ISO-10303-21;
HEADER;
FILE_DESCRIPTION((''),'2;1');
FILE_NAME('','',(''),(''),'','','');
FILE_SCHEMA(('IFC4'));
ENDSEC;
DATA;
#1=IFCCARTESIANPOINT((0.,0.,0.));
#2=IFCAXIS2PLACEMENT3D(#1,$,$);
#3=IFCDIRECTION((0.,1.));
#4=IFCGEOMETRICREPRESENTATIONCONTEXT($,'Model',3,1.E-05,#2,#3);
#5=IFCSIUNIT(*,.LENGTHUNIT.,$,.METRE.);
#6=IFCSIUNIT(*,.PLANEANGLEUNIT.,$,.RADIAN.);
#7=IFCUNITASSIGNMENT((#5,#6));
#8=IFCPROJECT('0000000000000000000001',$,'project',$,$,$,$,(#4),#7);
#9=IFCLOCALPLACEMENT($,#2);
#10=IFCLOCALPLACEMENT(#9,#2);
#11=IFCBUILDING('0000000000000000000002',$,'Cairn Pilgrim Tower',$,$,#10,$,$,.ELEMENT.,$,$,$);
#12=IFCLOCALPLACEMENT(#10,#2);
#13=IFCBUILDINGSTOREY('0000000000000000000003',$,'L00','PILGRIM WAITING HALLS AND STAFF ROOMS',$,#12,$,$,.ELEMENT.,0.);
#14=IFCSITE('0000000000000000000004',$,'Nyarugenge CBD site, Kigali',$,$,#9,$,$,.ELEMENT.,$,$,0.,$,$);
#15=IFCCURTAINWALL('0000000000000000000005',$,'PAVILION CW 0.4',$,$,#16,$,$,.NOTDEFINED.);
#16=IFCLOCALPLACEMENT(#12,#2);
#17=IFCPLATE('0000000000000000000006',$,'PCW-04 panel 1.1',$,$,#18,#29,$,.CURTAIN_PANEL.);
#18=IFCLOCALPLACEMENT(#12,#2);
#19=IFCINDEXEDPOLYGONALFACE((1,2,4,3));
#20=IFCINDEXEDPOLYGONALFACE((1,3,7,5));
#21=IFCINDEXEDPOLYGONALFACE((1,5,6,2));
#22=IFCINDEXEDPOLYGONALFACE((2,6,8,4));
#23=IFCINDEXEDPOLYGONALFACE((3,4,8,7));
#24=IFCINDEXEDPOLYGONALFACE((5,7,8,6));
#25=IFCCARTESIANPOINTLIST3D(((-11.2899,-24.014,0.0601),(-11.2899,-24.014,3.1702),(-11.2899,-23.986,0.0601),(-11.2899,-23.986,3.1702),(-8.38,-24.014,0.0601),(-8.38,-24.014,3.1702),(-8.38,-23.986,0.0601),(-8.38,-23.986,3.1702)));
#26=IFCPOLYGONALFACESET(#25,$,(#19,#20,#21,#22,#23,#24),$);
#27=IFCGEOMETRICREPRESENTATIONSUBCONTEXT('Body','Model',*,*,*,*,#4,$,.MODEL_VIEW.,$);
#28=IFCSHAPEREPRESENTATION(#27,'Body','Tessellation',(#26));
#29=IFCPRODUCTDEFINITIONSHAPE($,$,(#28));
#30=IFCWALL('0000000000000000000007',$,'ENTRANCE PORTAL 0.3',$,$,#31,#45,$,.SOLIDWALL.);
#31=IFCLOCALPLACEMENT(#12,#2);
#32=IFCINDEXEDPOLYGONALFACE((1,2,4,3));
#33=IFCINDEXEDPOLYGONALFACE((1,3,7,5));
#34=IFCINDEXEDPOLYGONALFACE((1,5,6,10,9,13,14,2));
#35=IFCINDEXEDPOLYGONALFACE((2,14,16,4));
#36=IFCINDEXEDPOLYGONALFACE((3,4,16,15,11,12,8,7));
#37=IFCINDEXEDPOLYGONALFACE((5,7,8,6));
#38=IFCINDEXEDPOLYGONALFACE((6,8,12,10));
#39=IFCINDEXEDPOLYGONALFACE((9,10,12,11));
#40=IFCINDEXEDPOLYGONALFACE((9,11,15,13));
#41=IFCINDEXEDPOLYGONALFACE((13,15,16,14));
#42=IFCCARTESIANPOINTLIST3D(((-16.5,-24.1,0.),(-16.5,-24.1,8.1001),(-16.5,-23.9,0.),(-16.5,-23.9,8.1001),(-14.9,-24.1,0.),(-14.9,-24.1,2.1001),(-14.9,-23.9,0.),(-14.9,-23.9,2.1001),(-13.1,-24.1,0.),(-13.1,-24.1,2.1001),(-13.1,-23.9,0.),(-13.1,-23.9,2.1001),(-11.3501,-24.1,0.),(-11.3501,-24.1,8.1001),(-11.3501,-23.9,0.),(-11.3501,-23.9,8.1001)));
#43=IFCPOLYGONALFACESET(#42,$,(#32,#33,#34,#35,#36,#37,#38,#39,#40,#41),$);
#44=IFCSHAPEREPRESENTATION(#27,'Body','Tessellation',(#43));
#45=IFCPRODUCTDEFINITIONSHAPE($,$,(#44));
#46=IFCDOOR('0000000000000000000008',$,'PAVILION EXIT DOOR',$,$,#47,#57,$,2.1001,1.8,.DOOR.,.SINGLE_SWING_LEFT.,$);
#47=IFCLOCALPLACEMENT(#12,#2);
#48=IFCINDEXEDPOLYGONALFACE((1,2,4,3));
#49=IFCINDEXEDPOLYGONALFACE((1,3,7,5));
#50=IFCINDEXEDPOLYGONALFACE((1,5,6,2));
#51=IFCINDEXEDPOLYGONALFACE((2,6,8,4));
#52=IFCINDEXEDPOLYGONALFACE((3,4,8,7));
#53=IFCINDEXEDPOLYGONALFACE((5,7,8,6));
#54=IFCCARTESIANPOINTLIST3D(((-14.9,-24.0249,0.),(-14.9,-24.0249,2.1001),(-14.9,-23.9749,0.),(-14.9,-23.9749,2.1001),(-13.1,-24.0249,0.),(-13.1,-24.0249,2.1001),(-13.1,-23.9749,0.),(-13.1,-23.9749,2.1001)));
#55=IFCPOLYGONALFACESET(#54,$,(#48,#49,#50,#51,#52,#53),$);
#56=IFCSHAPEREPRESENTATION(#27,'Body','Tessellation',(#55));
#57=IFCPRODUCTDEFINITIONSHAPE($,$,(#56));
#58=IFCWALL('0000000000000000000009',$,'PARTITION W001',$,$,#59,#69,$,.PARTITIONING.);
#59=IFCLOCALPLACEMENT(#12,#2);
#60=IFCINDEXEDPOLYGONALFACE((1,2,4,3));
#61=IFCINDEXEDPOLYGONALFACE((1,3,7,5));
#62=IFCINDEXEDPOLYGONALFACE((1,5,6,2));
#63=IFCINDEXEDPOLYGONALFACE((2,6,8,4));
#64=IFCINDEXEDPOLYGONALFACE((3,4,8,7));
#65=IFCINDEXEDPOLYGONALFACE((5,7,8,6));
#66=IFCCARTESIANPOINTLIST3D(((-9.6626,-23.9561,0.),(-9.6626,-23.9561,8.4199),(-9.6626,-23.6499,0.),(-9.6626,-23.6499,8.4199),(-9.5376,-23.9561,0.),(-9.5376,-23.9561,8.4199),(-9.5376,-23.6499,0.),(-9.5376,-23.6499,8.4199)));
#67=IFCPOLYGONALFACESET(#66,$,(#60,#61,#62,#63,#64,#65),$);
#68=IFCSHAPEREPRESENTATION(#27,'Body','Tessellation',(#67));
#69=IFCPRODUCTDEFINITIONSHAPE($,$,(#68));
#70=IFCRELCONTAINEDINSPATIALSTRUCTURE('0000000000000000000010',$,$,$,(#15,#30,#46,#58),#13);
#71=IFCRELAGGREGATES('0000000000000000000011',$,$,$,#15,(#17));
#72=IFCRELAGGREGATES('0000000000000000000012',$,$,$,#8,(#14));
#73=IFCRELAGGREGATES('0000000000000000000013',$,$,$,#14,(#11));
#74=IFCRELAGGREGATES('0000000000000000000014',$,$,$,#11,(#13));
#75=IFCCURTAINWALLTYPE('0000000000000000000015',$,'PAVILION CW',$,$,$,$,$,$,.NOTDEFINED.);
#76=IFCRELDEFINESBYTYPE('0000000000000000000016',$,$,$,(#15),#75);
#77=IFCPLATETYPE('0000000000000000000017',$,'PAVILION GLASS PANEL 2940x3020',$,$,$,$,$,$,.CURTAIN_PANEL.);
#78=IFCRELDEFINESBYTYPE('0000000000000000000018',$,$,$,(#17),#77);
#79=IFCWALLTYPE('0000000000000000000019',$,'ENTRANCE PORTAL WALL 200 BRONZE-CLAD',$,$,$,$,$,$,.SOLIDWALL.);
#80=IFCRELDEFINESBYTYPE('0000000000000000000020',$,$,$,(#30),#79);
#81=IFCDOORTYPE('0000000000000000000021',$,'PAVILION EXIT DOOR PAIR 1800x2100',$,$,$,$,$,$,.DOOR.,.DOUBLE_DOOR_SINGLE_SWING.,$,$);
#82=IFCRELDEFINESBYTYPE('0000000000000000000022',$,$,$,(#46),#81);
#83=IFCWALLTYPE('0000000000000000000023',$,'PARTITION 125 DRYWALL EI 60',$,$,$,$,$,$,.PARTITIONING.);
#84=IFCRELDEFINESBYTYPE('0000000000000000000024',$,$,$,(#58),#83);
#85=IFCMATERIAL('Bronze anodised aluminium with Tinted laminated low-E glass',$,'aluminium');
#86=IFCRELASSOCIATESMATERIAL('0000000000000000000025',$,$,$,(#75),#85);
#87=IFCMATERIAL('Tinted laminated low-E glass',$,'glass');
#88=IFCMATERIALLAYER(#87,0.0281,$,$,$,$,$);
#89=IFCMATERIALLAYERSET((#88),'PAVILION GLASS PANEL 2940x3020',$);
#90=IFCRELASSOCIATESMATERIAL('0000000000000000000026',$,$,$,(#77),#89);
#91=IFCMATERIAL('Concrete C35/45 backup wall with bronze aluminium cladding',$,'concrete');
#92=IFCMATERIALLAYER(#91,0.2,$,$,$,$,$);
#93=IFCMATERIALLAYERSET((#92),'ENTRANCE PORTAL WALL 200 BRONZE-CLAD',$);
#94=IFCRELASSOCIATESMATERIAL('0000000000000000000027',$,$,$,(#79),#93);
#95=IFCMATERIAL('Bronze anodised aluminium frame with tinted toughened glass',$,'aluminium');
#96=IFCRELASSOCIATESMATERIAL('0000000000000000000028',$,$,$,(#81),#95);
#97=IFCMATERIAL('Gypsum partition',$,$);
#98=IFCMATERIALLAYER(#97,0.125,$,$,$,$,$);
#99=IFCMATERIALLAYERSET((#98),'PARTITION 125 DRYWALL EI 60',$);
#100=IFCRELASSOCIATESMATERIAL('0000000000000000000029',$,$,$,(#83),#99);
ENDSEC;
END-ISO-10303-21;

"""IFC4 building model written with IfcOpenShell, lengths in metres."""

from ifc_helpers import new_model, si_unit, direction, frame, frame_2d, origin, origin_2d, place, context, subcontext, project, spatial, rectangle, extrude, material, layer, layer_set, type_object, element, fill, aggregate, save


model = new_model("IFC4")

# Units and contexts
model_context = context("Model", 3, precision=1e-05, world=origin(), true_north=direction((0.0, 1.0)))
body_context = subcontext(model_context, "Body", "Model", "MODEL_VIEW")
ifc_project = project(units=[si_unit("LENGTHUNIT", "METRE"), si_unit("PLANEANGLEUNIT", "RADIAN")], contexts=[model_context])

# Site, building, storey
site_placement = place(None, origin())
site = spatial("IfcSite", under=ifc_project, at=site_placement, Name="Nyarugenge CBD site, Kigali", CompositionType="ELEMENT", RefElevation=0.0)
building_placement = place(site_placement, origin())
building = spatial("IfcBuilding", under=site, at=building_placement, Name="Cairn Pilgrim Tower", CompositionType="ELEMENT")
storey_placement = place(building_placement, origin())
storey = spatial("IfcBuildingStorey", under=building, at=storey_placement, Name="L00", Description="PILGRIM WAITING HALLS AND STAFF ROOMS", CompositionType="ELEMENT", Elevation=0.0)

# Curtain wall
ifc_material_1 = material(Name="Bronze anodised aluminium with Tinted laminated low-E glass", Category="aluminium")
curtain_wall_type = type_object("IfcCurtainWallType", Name="PAVILION CW", PredefinedType="NOTDEFINED", material=ifc_material_1)
curtain_wall_1_placement = place(storey_placement, origin())
curtain_wall_1 = element("IfcCurtainWall", 1, at=curtain_wall_1_placement, inside=storey, type_object=curtain_wall_type, Name="PAVILION CW 0.4", PredefinedType="NOTDEFINED")

# Plate
ifc_material_2 = material(Name="Tinted laminated low-E glass", Category="glass")
ifc_layer_1 = layer(ifc_material_2, 0.0281)
ifc_layer_set_1 = layer_set([ifc_layer_1], Name="PAVILION GLASS PANEL 2940x3020")
plate_type_1 = type_object("IfcPlateType", Name="PAVILION GLASS PANEL 2940x3020", PredefinedType="CURTAIN_PANEL", material=ifc_layer_set_1)
plate_1_placement = place(storey_placement, frame((-9.835, -24.0, 0.0601), z_axis=(0.0, 0.0, 1.0), x_axis=(1.0, 0.0, 0.0)))
plate_1 = element("IfcPlate", 2, at=plate_1_placement, type_object=plate_type_1, Name="PCW-04 panel 1.1", PredefinedType="CURTAIN_PANEL", context=body_context, shape_type="SweptSolid", body=[
    extrude(rectangle(XDim=2.9099, YDim=0.0281, at=origin_2d()), origin(), (0.0, 0.0, 1.0), 3.1101),
])
aggregate(curtain_wall_1, [plate_1])

# Wall, opening, door
ifc_material_3 = material(Name="Concrete C35/45 backup wall with bronze aluminium cladding", Category="concrete")
ifc_layer_2 = layer(ifc_material_3, 0.2)
ifc_layer_set_2 = layer_set([ifc_layer_2], Name="ENTRANCE PORTAL WALL 200 BRONZE-CLAD")
wall_type_1 = type_object("IfcWallType", Name="ENTRANCE PORTAL WALL 200 BRONZE-CLAD", PredefinedType="SOLIDWALL", material=ifc_layer_set_2)
wall_1_placement = place(storey_placement, frame((-11.3501, -24.0, 0.0), z_axis=(0.0, 0.0, 1.0), x_axis=(-1.0, 0.0, 0.0)))
wall_1 = element("IfcWall", 3, at=wall_1_placement, inside=storey, type_object=wall_type_1, Name="ENTRANCE PORTAL 0.3", PredefinedType="SOLIDWALL", context=body_context, shape_type="SweptSolid", body=[
    extrude(rectangle(XDim=5.1499, YDim=0.2, at=frame_2d((2.575, 0.0))), origin(), (0.0, 0.0, 1.0), 8.1001),
])
opening_placement = place(wall_1_placement, frame((1.75, 0.0, 0.0)))
opening = element("IfcOpeningElement", 4, at=opening_placement, cuts=wall_1, PredefinedType="OPENING", context=body_context, shape_type="SweptSolid", body=[
    extrude(rectangle(XDim=1.8, YDim=2.1001, at=frame_2d((0.8999, 1.05))), frame((0.0, 0.1099, 0.0), z_axis=(0.0, -1.0, 0.0), x_axis=(1.0, 0.0, 0.0)), (0.0, 0.0, 1.0), 0.22),
])
ifc_material_4 = material(Name="Bronze anodised aluminium frame with tinted toughened glass", Category="aluminium")
door_type = type_object("IfcDoorType", Name="PAVILION EXIT DOOR PAIR 1800x2100", OperationType="DOUBLE_DOOR_SINGLE_SWING", PredefinedType="DOOR", material=ifc_material_4)
door_placement = place(opening_placement, origin())
door = element("IfcDoor", 5, at=door_placement, inside=storey, type_object=door_type, Name="PAVILION EXIT DOOR", OperationType="SINGLE_SWING_LEFT", OverallHeight=2.1001, OverallWidth=1.8, PredefinedType="DOOR", context=body_context, shape_type="SweptSolid", body=[
    extrude(rectangle(XDim=1.8, YDim=2.1001, at=frame_2d((0.8999, 1.05))), frame((0.0, 0.0249, 0.0), z_axis=(0.0, -1.0, 0.0), x_axis=(1.0, 0.0, 0.0)), (0.0, 0.0, 1.0), 0.05),
])
fill(opening, door)

# Wall
ifc_material_5 = material(Name="Gypsum partition")
ifc_layer_3 = layer(ifc_material_5, 0.125)
ifc_layer_set_3 = layer_set([ifc_layer_3], Name="PARTITION 125 DRYWALL EI 60")
wall_type_2 = type_object("IfcWallType", Name="PARTITION 125 DRYWALL EI 60", PredefinedType="PARTITIONING", material=ifc_layer_set_3)
wall_2_placement = place(storey_placement, frame((-9.6001, -23.9561, 0.0), z_axis=(0.0, 0.0, 1.0), x_axis=(0.0, 1.0, 0.0)))
element("IfcWall", 6, at=wall_2_placement, inside=storey, type_object=wall_type_2, Name="PARTITION W001", PredefinedType="PARTITIONING", context=body_context, shape_type="SweptSolid", body=[
    extrude(rectangle(XDim=0.3062, YDim=0.125, at=frame_2d((0.1531, 0.0))), origin(), (0.0, 0.0, 1.0), 8.4199),
])

save(model, "model.ifc")
